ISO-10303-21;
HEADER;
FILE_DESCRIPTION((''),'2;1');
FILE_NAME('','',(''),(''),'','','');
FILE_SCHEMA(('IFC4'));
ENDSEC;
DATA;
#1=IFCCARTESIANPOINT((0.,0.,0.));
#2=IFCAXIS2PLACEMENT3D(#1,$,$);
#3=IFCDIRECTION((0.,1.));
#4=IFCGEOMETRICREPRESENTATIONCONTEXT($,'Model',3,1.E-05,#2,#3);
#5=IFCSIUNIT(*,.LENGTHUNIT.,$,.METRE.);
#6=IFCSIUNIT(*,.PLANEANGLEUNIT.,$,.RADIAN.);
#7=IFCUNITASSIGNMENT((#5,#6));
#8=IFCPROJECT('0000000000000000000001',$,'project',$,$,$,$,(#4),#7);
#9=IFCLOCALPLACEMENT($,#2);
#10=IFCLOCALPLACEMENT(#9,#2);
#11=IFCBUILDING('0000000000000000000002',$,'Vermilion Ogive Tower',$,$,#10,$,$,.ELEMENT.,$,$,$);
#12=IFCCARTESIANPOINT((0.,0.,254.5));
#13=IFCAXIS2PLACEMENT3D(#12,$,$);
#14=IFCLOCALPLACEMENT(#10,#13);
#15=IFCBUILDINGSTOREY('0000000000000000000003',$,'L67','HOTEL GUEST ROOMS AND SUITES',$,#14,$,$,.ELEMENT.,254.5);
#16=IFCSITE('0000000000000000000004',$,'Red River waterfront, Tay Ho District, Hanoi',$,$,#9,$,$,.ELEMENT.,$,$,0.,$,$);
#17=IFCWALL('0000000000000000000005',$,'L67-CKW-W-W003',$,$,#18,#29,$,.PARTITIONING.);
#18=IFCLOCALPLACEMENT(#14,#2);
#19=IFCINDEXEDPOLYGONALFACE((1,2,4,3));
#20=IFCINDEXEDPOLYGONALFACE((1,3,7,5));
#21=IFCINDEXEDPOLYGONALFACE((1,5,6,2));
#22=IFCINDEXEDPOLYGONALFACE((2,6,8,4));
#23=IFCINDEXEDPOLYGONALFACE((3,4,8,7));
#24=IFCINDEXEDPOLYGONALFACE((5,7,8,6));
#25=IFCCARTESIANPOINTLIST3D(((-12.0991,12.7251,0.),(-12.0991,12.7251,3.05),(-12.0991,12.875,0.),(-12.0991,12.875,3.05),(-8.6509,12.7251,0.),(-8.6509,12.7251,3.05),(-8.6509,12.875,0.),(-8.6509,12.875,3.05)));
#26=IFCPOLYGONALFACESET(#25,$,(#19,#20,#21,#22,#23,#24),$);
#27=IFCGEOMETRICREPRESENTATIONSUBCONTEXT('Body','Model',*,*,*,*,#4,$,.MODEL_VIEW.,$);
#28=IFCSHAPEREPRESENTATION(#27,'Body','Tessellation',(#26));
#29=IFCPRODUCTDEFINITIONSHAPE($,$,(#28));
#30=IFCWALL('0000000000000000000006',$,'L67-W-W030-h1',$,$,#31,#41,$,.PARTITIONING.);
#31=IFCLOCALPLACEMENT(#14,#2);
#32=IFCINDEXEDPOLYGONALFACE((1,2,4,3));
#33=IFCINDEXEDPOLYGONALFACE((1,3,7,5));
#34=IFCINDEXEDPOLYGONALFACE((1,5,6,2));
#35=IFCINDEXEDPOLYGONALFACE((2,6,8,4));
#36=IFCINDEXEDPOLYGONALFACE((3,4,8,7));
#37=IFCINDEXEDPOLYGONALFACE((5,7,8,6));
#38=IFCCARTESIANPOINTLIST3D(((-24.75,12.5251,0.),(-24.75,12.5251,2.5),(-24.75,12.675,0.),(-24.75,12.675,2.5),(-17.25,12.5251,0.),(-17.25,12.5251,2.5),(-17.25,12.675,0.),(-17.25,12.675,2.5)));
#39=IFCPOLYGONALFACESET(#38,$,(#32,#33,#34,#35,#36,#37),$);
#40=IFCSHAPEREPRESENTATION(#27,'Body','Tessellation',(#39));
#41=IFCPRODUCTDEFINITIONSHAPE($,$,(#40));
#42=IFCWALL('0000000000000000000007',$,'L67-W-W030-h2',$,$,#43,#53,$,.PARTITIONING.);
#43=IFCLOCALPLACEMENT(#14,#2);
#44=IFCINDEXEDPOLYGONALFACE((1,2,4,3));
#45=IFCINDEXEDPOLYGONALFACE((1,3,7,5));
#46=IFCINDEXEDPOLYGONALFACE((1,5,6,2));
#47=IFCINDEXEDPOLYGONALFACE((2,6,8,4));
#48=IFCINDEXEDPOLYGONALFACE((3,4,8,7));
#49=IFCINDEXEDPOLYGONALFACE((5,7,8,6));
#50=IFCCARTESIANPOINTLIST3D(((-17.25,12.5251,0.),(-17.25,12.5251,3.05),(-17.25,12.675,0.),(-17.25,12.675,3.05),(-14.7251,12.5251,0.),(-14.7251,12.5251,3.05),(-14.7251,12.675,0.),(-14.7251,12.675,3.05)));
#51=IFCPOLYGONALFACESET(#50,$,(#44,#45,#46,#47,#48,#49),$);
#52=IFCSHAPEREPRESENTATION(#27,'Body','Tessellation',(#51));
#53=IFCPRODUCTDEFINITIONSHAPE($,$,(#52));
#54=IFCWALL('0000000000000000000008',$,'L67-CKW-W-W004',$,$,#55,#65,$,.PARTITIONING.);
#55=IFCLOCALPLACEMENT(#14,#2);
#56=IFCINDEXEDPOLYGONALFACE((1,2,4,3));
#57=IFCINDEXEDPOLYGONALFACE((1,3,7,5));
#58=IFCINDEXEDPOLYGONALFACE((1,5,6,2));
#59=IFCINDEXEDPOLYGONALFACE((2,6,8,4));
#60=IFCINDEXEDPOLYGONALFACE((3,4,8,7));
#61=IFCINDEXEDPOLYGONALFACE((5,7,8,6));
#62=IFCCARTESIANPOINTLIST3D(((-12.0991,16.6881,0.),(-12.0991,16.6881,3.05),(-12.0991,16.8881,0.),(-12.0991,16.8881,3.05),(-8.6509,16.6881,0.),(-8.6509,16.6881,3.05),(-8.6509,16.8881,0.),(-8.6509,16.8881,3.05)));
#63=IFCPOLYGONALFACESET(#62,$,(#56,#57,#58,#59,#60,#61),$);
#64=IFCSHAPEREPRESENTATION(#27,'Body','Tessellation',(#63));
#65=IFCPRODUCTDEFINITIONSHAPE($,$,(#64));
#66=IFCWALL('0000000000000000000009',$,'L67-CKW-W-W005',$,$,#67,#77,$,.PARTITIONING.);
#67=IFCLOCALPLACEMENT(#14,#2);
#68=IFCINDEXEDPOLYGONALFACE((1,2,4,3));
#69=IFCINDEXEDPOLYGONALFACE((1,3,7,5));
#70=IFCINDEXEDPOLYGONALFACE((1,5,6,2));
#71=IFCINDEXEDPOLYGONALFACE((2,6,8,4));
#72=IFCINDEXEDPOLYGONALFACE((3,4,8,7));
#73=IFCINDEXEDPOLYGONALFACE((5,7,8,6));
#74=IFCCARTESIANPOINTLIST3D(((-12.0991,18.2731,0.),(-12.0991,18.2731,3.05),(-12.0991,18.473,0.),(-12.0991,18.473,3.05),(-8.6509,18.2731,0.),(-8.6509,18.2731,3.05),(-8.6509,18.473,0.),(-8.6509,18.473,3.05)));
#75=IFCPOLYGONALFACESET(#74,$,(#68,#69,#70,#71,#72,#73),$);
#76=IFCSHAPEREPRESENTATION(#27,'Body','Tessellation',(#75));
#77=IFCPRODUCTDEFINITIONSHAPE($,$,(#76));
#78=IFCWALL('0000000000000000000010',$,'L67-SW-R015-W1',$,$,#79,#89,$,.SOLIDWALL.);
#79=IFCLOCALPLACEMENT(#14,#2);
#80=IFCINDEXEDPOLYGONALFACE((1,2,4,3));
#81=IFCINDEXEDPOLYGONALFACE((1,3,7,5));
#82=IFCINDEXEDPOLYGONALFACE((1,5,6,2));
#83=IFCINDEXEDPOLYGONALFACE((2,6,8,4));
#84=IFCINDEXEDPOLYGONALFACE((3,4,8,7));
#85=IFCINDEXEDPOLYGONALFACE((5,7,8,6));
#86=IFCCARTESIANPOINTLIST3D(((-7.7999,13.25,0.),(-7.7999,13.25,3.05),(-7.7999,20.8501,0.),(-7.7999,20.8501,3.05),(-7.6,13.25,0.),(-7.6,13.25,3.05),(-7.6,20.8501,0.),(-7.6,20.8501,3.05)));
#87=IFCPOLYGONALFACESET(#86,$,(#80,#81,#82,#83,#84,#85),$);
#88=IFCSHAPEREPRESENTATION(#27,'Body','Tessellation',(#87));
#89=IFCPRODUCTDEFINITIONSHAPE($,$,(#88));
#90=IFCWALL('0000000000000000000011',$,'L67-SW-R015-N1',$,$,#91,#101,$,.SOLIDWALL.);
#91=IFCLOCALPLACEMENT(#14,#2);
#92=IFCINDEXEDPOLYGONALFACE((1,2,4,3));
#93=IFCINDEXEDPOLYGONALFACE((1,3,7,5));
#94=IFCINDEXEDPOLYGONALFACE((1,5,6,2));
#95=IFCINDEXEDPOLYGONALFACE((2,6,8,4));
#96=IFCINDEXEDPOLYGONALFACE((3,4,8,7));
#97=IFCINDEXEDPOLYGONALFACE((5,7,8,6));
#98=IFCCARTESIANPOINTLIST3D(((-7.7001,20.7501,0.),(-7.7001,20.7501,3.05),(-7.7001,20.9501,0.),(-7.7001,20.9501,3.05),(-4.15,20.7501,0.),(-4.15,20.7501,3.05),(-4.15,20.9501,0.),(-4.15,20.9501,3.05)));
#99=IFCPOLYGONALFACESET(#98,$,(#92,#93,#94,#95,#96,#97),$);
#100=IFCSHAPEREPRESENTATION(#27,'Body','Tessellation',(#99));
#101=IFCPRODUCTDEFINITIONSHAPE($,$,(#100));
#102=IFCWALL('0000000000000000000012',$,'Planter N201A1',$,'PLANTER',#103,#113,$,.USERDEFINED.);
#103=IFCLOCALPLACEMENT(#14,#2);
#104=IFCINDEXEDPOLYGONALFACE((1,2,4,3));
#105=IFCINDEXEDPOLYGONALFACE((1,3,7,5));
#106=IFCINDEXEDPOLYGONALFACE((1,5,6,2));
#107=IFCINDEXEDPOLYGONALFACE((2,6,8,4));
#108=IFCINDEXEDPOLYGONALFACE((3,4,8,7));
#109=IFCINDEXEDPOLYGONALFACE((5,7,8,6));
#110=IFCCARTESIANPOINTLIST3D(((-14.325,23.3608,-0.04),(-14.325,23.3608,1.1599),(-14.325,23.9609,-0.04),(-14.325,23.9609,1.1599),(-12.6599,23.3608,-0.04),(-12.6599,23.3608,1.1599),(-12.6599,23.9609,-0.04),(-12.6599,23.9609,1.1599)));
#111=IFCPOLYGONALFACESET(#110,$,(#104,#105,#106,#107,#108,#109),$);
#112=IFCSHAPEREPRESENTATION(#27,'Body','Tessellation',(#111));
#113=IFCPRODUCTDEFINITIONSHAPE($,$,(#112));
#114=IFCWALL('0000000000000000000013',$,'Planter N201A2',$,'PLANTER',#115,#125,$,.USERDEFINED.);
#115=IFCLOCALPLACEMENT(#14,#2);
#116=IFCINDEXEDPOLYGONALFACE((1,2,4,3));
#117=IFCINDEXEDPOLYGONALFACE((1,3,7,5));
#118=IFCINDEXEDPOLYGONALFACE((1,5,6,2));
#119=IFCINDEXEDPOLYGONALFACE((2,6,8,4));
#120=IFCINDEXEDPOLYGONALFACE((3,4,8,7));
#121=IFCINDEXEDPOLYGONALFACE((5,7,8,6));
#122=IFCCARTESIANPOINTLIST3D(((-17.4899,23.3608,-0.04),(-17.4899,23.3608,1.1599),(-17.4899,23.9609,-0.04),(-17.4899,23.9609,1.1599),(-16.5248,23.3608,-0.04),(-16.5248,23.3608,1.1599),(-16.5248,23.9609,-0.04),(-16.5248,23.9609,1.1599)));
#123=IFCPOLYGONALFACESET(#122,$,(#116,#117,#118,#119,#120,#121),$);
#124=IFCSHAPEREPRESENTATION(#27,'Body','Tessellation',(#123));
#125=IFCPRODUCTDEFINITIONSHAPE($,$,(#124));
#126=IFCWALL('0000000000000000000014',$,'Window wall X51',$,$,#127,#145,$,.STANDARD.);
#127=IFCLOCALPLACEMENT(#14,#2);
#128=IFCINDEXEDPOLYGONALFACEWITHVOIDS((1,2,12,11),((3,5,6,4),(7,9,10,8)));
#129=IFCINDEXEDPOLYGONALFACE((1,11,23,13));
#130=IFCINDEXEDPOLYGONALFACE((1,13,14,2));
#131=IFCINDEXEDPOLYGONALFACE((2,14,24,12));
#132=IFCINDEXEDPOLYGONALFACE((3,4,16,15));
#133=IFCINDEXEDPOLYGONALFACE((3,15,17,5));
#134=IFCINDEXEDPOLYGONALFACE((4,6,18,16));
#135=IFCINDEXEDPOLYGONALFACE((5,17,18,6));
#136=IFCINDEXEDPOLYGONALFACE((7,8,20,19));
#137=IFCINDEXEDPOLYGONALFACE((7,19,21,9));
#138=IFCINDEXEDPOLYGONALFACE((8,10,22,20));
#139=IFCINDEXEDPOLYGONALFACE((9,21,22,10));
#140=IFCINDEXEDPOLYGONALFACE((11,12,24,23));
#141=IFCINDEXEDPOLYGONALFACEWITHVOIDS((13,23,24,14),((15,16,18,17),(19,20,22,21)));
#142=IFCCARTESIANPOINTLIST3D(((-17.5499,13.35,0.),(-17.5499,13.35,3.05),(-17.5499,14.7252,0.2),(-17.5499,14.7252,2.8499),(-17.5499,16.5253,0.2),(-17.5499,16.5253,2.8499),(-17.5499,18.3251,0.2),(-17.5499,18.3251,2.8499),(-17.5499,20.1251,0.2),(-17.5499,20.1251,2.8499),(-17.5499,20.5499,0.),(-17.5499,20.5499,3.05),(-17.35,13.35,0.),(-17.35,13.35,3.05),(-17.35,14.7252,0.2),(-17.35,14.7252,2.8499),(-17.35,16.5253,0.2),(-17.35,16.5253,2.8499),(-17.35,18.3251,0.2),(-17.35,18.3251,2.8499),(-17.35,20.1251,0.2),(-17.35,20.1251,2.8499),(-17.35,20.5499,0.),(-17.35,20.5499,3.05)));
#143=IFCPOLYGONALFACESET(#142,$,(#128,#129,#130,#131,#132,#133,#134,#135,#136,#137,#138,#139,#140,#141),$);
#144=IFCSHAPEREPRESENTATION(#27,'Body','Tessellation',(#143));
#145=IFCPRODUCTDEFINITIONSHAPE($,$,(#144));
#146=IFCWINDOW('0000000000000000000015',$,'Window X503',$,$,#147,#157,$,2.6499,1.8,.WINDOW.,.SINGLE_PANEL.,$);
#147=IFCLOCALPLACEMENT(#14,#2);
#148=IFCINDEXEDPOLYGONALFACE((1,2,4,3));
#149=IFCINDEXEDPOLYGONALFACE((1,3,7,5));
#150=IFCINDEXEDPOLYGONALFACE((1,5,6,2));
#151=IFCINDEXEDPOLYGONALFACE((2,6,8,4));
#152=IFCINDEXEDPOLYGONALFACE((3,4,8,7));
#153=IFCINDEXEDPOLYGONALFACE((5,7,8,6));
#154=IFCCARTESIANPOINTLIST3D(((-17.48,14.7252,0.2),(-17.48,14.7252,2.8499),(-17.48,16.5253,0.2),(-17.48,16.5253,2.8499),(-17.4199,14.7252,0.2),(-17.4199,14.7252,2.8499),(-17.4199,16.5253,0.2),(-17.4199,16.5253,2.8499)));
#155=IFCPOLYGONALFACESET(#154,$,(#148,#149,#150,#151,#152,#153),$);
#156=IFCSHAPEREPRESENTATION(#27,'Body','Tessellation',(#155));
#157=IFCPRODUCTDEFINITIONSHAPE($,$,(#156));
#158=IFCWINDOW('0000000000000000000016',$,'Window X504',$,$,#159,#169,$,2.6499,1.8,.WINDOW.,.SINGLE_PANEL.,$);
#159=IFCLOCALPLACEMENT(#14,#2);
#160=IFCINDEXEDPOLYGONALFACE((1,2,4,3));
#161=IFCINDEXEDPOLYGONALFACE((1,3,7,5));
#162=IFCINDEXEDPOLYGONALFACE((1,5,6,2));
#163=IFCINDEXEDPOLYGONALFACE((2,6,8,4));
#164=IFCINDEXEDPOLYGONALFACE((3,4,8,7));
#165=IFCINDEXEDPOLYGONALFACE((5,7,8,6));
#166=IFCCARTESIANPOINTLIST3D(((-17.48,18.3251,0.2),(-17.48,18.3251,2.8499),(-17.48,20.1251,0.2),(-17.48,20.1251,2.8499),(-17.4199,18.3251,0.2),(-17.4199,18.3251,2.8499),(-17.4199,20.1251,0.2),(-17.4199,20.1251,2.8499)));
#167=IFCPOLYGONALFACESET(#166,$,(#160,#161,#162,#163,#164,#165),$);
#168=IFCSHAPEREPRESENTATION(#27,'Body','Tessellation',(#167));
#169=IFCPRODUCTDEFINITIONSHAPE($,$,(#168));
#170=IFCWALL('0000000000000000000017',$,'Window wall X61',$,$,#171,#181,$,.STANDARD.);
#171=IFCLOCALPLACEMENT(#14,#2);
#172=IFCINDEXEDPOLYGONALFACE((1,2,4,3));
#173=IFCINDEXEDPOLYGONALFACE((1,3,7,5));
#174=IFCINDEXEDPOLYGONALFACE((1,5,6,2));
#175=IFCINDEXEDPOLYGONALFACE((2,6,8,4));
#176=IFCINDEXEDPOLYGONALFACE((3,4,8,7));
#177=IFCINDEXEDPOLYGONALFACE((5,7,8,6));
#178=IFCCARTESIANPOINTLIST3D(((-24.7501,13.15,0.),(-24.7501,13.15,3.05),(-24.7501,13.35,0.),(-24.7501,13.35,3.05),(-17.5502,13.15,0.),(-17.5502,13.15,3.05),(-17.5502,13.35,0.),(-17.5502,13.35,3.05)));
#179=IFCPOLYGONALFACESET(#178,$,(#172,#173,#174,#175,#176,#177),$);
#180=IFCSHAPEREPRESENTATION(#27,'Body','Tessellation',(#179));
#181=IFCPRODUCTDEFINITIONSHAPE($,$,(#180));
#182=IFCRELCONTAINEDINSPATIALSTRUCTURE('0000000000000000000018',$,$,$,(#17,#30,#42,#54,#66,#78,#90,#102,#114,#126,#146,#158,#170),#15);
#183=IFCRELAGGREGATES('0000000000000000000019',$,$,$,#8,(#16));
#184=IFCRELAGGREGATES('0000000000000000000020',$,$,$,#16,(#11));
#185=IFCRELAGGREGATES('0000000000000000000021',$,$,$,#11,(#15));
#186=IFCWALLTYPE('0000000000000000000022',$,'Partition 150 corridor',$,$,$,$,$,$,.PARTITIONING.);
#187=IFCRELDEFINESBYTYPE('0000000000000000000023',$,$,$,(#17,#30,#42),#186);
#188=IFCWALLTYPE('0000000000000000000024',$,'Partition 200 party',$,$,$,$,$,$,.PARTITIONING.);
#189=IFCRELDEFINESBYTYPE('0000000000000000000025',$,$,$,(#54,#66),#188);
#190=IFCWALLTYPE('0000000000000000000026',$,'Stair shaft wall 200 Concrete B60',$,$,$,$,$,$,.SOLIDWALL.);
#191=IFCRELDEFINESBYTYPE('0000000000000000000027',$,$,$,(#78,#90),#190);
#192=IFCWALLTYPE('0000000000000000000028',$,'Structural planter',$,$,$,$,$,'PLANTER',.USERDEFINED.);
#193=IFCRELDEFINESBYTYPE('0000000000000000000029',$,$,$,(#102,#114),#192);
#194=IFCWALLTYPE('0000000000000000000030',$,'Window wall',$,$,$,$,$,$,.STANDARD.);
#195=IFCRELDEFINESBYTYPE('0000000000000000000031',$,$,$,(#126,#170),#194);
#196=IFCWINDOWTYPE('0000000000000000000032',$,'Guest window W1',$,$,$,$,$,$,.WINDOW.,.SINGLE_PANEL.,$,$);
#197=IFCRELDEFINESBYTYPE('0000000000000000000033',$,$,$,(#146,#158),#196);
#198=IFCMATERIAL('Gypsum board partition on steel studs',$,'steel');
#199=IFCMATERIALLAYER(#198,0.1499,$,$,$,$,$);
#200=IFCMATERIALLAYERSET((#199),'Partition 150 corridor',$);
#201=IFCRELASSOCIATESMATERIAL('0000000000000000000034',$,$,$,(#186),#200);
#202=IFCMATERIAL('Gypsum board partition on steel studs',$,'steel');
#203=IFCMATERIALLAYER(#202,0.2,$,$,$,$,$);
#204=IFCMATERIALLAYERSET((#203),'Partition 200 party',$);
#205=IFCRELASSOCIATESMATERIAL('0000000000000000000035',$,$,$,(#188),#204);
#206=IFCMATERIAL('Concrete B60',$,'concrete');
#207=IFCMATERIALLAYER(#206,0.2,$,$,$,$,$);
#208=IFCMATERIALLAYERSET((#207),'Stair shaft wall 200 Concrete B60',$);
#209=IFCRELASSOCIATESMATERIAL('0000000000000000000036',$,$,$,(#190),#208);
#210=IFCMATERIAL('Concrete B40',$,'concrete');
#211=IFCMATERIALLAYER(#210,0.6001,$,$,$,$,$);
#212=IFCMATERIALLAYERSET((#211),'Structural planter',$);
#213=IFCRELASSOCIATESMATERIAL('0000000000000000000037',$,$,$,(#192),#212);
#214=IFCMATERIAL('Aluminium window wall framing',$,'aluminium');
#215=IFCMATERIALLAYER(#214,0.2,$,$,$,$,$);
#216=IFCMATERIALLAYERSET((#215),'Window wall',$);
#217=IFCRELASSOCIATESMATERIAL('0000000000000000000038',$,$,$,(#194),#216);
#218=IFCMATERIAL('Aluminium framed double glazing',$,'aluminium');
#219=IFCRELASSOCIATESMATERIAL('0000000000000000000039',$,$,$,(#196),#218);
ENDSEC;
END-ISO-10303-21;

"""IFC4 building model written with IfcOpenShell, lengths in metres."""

from ifc_helpers import new_model, si_unit, direction, frame, frame_2d, origin, place, context, subcontext, project, spatial, rectangle, extrude, material, layer, layer_set, type_object, element, fill, save


model = new_model("IFC4")

# Units and contexts
model_context = context("Model", 3, precision=1e-05, world=origin(), true_north=direction((0.0, 1.0)))
body_context = subcontext(model_context, "Body", "Model", "MODEL_VIEW")
ifc_project = project(units=[si_unit("LENGTHUNIT", "METRE"), si_unit("PLANEANGLEUNIT", "RADIAN")], contexts=[model_context])

# Site, building, storey
site_placement = place(None, origin())
site = spatial("IfcSite", under=ifc_project, at=site_placement, Name="Red River waterfront, Tay Ho District, Hanoi", CompositionType="ELEMENT", RefElevation=0.0)
building_placement = place(site_placement, origin())
building = spatial("IfcBuilding", under=site, at=building_placement, Name="Vermilion Ogive Tower", CompositionType="ELEMENT")
storey_placement = place(building_placement, frame((0.0, 0.0, 254.5)))
storey = spatial("IfcBuildingStorey", under=building, at=storey_placement, Name="L67", Description="HOTEL GUEST ROOMS AND SUITES", CompositionType="ELEMENT", Elevation=254.5)

# Shared definitions
ifc_material_1 = material(Name="Gypsum board partition on steel studs", Category="steel")
ifc_layer_1 = layer(ifc_material_1, 0.1499)
ifc_layer_set_1 = layer_set([ifc_layer_1], Name="Partition 150 corridor")
wall_type_1 = type_object("IfcWallType", Name="Partition 150 corridor", PredefinedType="PARTITIONING", material=ifc_layer_set_1)

# Walls
wall_1_placement = place(storey_placement, frame((-12.0991, 12.8, 0.0), z_axis=(0.0, 0.0, 1.0), x_axis=(1.0, 0.0, 0.0)))
element("IfcWall", 1, at=wall_1_placement, inside=storey, type_object=wall_type_1, Name="L67-CKW-W-W003", PredefinedType="PARTITIONING", context=body_context, shape_type="SweptSolid", body=[
    extrude(rectangle(XDim=3.4482, YDim=0.1499, at=frame_2d((1.7241, 0.0))), origin(), (0.0, 0.0, 1.0), 3.05),
])
wall_2_placement = place(storey_placement, frame((-24.75, 12.6001, 0.0), z_axis=(0.0, 0.0, 1.0), x_axis=(1.0, 0.0, 0.0)))
element("IfcWall", 2, at=wall_2_placement, inside=storey, type_object=wall_type_1, Name="L67-W-W030-h1", PredefinedType="PARTITIONING", context=body_context, shape_type="SweptSolid", body=[
    extrude(rectangle(XDim=7.5, YDim=0.1499, at=frame_2d((3.75, 0.0))), origin(), (0.0, 0.0, 1.0), 2.5),
])
wall_3_placement = place(storey_placement, frame((-17.25, 12.6001, 0.0), z_axis=(0.0, 0.0, 1.0), x_axis=(1.0, 0.0, 0.0)))
element("IfcWall", 3, at=wall_3_placement, inside=storey, type_object=wall_type_1, Name="L67-W-W030-h2", PredefinedType="PARTITIONING", context=body_context, shape_type="SweptSolid", body=[
    extrude(rectangle(XDim=2.5249, YDim=0.1499, at=frame_2d((1.2625, 0.0))), origin(), (0.0, 0.0, 1.0), 3.05),
])
ifc_material_2 = material(Name="Gypsum board partition on steel studs", Category="steel")
ifc_layer_2 = layer(ifc_material_2, 0.2)
ifc_layer_set_2 = layer_set([ifc_layer_2], Name="Partition 200 party")
wall_type_2 = type_object("IfcWallType", Name="Partition 200 party", PredefinedType="PARTITIONING", material=ifc_layer_set_2)
for number, where, z_axis, x_axis, name in (
    (4, (-12.0991, 16.7881, 0.0), (0.0, 0.0, 1.0), (1.0, 0.0, 0.0), "L67-CKW-W-W004"),
    (5, (-12.0991, 18.373, 0.0), (0.0, 0.0, 1.0), (1.0, 0.0, 0.0), "L67-CKW-W-W005"),
):
    element("IfcWall", number, at=place(storey_placement, frame(where, z_axis=z_axis, x_axis=x_axis)), inside=storey, type_object=wall_type_2, Name=name, PredefinedType="PARTITIONING", context=body_context, shape_type="SweptSolid", body=[
        extrude(rectangle(XDim=3.4482, YDim=0.2, at=frame_2d((1.7241, 0.0))), origin(), (0.0, 0.0, 1.0), 3.05),
    ])
ifc_material_3 = material(Name="Concrete B60", Category="concrete")
ifc_layer_3 = layer(ifc_material_3, 0.2)
ifc_layer_set_3 = layer_set([ifc_layer_3], Name="Stair shaft wall 200 Concrete B60")
wall_type_3 = type_object("IfcWallType", Name="Stair shaft wall 200 Concrete B60", PredefinedType="SOLIDWALL", material=ifc_layer_set_3)
wall_4_placement = place(storey_placement, frame((-7.7, 13.25, 0.0), z_axis=(0.0, 0.0, 1.0), x_axis=(0.0, 1.0, 0.0)))
element("IfcWall", 6, at=wall_4_placement, inside=storey, type_object=wall_type_3, Name="L67-SW-R015-W1", PredefinedType="SOLIDWALL", context=body_context, shape_type="SweptSolid", body=[
    extrude(rectangle(XDim=7.6001, YDim=0.2, at=frame_2d((3.8, 0.0))), origin(), (0.0, 0.0, 1.0), 3.05),
])
wall_5_placement = place(storey_placement, frame((-7.7, 20.8501, 0.0), z_axis=(0.0, 0.0, 1.0), x_axis=(1.0, 0.0, 0.0)))
element("IfcWall", 7, at=wall_5_placement, inside=storey, type_object=wall_type_3, Name="L67-SW-R015-N1", PredefinedType="SOLIDWALL", context=body_context, shape_type="SweptSolid", body=[
    extrude(rectangle(XDim=3.55, YDim=0.2, at=frame_2d((1.7749, 0.0))), origin(), (0.0, 0.0, 1.0), 3.05),
])
ifc_material_4 = material(Name="Concrete B40", Category="concrete")
ifc_layer_4 = layer(ifc_material_4, 0.6001)
ifc_layer_set_4 = layer_set([ifc_layer_4], Name="Structural planter")
wall_type_4 = type_object("IfcWallType", Name="Structural planter", ElementType="PLANTER", PredefinedType="USERDEFINED", material=ifc_layer_set_4)
wall_6_placement = place(storey_placement, frame((-12.6599, 23.6609, -0.04), z_axis=(0.0, 0.0, 1.0), x_axis=(-1.0, 0.0, 0.0)))
element("IfcWall", 8, at=wall_6_placement, inside=storey, type_object=wall_type_4, Name="Planter N201A1", ObjectType="PLANTER", PredefinedType="USERDEFINED", context=body_context, shape_type="SweptSolid", body=[
    extrude(rectangle(XDim=1.665, YDim=0.6001, at=frame_2d((0.8325, 0.0))), origin(), (0.0, 0.0, 1.0), 1.2),
])
wall_7_placement = place(storey_placement, frame((-16.5249, 23.6609, -0.04), z_axis=(0.0, 0.0, 1.0), x_axis=(-1.0, 0.0, 0.0)))
element("IfcWall", 9, at=wall_7_placement, inside=storey, type_object=wall_type_4, Name="Planter N201A2", ObjectType="PLANTER", PredefinedType="USERDEFINED", context=body_context, shape_type="SweptSolid", body=[
    extrude(rectangle(XDim=0.9651, YDim=0.6001, at=frame_2d((0.4824, 0.0))), origin(), (0.0, 0.0, 1.0), 1.2),
])

# Shared definitions
ifc_material_5 = material(Name="Aluminium window wall framing", Category="aluminium")
ifc_layer_5 = layer(ifc_material_5, 0.2)
ifc_layer_set_5 = layer_set([ifc_layer_5], Name="Window wall")
wall_type_5 = type_object("IfcWallType", Name="Window wall", PredefinedType="STANDARD", material=ifc_layer_set_5)
ifc_material_6 = material(Name="Aluminium framed double glazing", Category="aluminium")
window_type = type_object("IfcWindowType", Name="Guest window W1", PartitioningType="SINGLE_PANEL", PredefinedType="WINDOW", material=ifc_material_6)

# Wall, openings, windows
wall_8_placement = place(storey_placement, frame((-17.45, 20.55, 0.0), z_axis=(0.0, 0.0, 1.0), x_axis=(0.0, -1.0, 0.0)))
wall_8 = element("IfcWall", 10, at=wall_8_placement, inside=storey, type_object=wall_type_5, Name="Window wall X51", PredefinedType="STANDARD", context=body_context, shape_type="SweptSolid", body=[
    extrude(rectangle(XDim=7.2, YDim=0.2, at=frame_2d((3.6001, 0.0))), origin(), (0.0, 0.0, 1.0), 3.05),
])
opening_1_placement = place(wall_8_placement, frame((4.0249, 0.0, 0.2)))
opening_1 = element("IfcOpeningElement", 11, at=opening_1_placement, cuts=wall_8, PredefinedType="OPENING", context=body_context, shape_type="SweptSolid", body=[
    extrude(rectangle(XDim=1.8, YDim=2.6499, at=frame_2d((0.8999, 1.325))), frame((0.0, 0.1099, 0.0), z_axis=(0.0, -1.0, 0.0), x_axis=(1.0, 0.0, 0.0)), (0.0, 0.0, 1.0), 0.22),
])
opening_2_placement = place(wall_8_placement, frame((0.425, 0.0, 0.2)))
opening_2 = element("IfcOpeningElement", 12, at=opening_2_placement, cuts=wall_8, PredefinedType="OPENING", context=body_context, shape_type="SweptSolid", body=[
    extrude(rectangle(XDim=1.8, YDim=2.6499, at=frame_2d((0.8999, 1.325))), frame((0.0, 0.1099, 0.0), z_axis=(0.0, -1.0, 0.0), x_axis=(1.0, 0.0, 0.0)), (0.0, 0.0, 1.0), 0.22),
])
window_1_placement = place(opening_1_placement, origin())
window_1 = element("IfcWindow", 13, at=window_1_placement, inside=storey, type_object=window_type, Name="Window X503", OverallHeight=2.6499, OverallWidth=1.8, PartitioningType="SINGLE_PANEL", PredefinedType="WINDOW", context=body_context, shape_type="SweptSolid", body=[
    extrude(rectangle(XDim=1.8, YDim=2.6499, at=frame_2d((0.8999, 1.325))), frame((0.0, 0.03, 0.0), z_axis=(0.0, -1.0, 0.0), x_axis=(1.0, 0.0, 0.0)), (0.0, 0.0, 1.0), 0.0601),
])
fill(opening_1, window_1)
window_2_placement = place(opening_2_placement, origin())
window_2 = element("IfcWindow", 14, at=window_2_placement, inside=storey, type_object=window_type, Name="Window X504", OverallHeight=2.6499, OverallWidth=1.8, PartitioningType="SINGLE_PANEL", PredefinedType="WINDOW", context=body_context, shape_type="SweptSolid", body=[
    extrude(rectangle(XDim=1.8, YDim=2.6499, at=frame_2d((0.8999, 1.325))), frame((0.0, 0.03, 0.0), z_axis=(0.0, -1.0, 0.0), x_axis=(1.0, 0.0, 0.0)), (0.0, 0.0, 1.0), 0.0601),
])
fill(opening_2, window_2)

# Wall
wall_9_placement = place(storey_placement, frame((-17.55, 13.25, 0.0), z_axis=(0.0, 0.0, 1.0), x_axis=(-1.0, 0.0, 0.0)))
element("IfcWall", 15, at=wall_9_placement, inside=storey, type_object=wall_type_5, Name="Window wall X61", PredefinedType="STANDARD", context=body_context, shape_type="SweptSolid", body=[
    extrude(rectangle(XDim=7.2, YDim=0.2, at=frame_2d((3.6001, 0.0))), origin(), (0.0, 0.0, 1.0), 3.05),
])

save(model, "model.ifc")
